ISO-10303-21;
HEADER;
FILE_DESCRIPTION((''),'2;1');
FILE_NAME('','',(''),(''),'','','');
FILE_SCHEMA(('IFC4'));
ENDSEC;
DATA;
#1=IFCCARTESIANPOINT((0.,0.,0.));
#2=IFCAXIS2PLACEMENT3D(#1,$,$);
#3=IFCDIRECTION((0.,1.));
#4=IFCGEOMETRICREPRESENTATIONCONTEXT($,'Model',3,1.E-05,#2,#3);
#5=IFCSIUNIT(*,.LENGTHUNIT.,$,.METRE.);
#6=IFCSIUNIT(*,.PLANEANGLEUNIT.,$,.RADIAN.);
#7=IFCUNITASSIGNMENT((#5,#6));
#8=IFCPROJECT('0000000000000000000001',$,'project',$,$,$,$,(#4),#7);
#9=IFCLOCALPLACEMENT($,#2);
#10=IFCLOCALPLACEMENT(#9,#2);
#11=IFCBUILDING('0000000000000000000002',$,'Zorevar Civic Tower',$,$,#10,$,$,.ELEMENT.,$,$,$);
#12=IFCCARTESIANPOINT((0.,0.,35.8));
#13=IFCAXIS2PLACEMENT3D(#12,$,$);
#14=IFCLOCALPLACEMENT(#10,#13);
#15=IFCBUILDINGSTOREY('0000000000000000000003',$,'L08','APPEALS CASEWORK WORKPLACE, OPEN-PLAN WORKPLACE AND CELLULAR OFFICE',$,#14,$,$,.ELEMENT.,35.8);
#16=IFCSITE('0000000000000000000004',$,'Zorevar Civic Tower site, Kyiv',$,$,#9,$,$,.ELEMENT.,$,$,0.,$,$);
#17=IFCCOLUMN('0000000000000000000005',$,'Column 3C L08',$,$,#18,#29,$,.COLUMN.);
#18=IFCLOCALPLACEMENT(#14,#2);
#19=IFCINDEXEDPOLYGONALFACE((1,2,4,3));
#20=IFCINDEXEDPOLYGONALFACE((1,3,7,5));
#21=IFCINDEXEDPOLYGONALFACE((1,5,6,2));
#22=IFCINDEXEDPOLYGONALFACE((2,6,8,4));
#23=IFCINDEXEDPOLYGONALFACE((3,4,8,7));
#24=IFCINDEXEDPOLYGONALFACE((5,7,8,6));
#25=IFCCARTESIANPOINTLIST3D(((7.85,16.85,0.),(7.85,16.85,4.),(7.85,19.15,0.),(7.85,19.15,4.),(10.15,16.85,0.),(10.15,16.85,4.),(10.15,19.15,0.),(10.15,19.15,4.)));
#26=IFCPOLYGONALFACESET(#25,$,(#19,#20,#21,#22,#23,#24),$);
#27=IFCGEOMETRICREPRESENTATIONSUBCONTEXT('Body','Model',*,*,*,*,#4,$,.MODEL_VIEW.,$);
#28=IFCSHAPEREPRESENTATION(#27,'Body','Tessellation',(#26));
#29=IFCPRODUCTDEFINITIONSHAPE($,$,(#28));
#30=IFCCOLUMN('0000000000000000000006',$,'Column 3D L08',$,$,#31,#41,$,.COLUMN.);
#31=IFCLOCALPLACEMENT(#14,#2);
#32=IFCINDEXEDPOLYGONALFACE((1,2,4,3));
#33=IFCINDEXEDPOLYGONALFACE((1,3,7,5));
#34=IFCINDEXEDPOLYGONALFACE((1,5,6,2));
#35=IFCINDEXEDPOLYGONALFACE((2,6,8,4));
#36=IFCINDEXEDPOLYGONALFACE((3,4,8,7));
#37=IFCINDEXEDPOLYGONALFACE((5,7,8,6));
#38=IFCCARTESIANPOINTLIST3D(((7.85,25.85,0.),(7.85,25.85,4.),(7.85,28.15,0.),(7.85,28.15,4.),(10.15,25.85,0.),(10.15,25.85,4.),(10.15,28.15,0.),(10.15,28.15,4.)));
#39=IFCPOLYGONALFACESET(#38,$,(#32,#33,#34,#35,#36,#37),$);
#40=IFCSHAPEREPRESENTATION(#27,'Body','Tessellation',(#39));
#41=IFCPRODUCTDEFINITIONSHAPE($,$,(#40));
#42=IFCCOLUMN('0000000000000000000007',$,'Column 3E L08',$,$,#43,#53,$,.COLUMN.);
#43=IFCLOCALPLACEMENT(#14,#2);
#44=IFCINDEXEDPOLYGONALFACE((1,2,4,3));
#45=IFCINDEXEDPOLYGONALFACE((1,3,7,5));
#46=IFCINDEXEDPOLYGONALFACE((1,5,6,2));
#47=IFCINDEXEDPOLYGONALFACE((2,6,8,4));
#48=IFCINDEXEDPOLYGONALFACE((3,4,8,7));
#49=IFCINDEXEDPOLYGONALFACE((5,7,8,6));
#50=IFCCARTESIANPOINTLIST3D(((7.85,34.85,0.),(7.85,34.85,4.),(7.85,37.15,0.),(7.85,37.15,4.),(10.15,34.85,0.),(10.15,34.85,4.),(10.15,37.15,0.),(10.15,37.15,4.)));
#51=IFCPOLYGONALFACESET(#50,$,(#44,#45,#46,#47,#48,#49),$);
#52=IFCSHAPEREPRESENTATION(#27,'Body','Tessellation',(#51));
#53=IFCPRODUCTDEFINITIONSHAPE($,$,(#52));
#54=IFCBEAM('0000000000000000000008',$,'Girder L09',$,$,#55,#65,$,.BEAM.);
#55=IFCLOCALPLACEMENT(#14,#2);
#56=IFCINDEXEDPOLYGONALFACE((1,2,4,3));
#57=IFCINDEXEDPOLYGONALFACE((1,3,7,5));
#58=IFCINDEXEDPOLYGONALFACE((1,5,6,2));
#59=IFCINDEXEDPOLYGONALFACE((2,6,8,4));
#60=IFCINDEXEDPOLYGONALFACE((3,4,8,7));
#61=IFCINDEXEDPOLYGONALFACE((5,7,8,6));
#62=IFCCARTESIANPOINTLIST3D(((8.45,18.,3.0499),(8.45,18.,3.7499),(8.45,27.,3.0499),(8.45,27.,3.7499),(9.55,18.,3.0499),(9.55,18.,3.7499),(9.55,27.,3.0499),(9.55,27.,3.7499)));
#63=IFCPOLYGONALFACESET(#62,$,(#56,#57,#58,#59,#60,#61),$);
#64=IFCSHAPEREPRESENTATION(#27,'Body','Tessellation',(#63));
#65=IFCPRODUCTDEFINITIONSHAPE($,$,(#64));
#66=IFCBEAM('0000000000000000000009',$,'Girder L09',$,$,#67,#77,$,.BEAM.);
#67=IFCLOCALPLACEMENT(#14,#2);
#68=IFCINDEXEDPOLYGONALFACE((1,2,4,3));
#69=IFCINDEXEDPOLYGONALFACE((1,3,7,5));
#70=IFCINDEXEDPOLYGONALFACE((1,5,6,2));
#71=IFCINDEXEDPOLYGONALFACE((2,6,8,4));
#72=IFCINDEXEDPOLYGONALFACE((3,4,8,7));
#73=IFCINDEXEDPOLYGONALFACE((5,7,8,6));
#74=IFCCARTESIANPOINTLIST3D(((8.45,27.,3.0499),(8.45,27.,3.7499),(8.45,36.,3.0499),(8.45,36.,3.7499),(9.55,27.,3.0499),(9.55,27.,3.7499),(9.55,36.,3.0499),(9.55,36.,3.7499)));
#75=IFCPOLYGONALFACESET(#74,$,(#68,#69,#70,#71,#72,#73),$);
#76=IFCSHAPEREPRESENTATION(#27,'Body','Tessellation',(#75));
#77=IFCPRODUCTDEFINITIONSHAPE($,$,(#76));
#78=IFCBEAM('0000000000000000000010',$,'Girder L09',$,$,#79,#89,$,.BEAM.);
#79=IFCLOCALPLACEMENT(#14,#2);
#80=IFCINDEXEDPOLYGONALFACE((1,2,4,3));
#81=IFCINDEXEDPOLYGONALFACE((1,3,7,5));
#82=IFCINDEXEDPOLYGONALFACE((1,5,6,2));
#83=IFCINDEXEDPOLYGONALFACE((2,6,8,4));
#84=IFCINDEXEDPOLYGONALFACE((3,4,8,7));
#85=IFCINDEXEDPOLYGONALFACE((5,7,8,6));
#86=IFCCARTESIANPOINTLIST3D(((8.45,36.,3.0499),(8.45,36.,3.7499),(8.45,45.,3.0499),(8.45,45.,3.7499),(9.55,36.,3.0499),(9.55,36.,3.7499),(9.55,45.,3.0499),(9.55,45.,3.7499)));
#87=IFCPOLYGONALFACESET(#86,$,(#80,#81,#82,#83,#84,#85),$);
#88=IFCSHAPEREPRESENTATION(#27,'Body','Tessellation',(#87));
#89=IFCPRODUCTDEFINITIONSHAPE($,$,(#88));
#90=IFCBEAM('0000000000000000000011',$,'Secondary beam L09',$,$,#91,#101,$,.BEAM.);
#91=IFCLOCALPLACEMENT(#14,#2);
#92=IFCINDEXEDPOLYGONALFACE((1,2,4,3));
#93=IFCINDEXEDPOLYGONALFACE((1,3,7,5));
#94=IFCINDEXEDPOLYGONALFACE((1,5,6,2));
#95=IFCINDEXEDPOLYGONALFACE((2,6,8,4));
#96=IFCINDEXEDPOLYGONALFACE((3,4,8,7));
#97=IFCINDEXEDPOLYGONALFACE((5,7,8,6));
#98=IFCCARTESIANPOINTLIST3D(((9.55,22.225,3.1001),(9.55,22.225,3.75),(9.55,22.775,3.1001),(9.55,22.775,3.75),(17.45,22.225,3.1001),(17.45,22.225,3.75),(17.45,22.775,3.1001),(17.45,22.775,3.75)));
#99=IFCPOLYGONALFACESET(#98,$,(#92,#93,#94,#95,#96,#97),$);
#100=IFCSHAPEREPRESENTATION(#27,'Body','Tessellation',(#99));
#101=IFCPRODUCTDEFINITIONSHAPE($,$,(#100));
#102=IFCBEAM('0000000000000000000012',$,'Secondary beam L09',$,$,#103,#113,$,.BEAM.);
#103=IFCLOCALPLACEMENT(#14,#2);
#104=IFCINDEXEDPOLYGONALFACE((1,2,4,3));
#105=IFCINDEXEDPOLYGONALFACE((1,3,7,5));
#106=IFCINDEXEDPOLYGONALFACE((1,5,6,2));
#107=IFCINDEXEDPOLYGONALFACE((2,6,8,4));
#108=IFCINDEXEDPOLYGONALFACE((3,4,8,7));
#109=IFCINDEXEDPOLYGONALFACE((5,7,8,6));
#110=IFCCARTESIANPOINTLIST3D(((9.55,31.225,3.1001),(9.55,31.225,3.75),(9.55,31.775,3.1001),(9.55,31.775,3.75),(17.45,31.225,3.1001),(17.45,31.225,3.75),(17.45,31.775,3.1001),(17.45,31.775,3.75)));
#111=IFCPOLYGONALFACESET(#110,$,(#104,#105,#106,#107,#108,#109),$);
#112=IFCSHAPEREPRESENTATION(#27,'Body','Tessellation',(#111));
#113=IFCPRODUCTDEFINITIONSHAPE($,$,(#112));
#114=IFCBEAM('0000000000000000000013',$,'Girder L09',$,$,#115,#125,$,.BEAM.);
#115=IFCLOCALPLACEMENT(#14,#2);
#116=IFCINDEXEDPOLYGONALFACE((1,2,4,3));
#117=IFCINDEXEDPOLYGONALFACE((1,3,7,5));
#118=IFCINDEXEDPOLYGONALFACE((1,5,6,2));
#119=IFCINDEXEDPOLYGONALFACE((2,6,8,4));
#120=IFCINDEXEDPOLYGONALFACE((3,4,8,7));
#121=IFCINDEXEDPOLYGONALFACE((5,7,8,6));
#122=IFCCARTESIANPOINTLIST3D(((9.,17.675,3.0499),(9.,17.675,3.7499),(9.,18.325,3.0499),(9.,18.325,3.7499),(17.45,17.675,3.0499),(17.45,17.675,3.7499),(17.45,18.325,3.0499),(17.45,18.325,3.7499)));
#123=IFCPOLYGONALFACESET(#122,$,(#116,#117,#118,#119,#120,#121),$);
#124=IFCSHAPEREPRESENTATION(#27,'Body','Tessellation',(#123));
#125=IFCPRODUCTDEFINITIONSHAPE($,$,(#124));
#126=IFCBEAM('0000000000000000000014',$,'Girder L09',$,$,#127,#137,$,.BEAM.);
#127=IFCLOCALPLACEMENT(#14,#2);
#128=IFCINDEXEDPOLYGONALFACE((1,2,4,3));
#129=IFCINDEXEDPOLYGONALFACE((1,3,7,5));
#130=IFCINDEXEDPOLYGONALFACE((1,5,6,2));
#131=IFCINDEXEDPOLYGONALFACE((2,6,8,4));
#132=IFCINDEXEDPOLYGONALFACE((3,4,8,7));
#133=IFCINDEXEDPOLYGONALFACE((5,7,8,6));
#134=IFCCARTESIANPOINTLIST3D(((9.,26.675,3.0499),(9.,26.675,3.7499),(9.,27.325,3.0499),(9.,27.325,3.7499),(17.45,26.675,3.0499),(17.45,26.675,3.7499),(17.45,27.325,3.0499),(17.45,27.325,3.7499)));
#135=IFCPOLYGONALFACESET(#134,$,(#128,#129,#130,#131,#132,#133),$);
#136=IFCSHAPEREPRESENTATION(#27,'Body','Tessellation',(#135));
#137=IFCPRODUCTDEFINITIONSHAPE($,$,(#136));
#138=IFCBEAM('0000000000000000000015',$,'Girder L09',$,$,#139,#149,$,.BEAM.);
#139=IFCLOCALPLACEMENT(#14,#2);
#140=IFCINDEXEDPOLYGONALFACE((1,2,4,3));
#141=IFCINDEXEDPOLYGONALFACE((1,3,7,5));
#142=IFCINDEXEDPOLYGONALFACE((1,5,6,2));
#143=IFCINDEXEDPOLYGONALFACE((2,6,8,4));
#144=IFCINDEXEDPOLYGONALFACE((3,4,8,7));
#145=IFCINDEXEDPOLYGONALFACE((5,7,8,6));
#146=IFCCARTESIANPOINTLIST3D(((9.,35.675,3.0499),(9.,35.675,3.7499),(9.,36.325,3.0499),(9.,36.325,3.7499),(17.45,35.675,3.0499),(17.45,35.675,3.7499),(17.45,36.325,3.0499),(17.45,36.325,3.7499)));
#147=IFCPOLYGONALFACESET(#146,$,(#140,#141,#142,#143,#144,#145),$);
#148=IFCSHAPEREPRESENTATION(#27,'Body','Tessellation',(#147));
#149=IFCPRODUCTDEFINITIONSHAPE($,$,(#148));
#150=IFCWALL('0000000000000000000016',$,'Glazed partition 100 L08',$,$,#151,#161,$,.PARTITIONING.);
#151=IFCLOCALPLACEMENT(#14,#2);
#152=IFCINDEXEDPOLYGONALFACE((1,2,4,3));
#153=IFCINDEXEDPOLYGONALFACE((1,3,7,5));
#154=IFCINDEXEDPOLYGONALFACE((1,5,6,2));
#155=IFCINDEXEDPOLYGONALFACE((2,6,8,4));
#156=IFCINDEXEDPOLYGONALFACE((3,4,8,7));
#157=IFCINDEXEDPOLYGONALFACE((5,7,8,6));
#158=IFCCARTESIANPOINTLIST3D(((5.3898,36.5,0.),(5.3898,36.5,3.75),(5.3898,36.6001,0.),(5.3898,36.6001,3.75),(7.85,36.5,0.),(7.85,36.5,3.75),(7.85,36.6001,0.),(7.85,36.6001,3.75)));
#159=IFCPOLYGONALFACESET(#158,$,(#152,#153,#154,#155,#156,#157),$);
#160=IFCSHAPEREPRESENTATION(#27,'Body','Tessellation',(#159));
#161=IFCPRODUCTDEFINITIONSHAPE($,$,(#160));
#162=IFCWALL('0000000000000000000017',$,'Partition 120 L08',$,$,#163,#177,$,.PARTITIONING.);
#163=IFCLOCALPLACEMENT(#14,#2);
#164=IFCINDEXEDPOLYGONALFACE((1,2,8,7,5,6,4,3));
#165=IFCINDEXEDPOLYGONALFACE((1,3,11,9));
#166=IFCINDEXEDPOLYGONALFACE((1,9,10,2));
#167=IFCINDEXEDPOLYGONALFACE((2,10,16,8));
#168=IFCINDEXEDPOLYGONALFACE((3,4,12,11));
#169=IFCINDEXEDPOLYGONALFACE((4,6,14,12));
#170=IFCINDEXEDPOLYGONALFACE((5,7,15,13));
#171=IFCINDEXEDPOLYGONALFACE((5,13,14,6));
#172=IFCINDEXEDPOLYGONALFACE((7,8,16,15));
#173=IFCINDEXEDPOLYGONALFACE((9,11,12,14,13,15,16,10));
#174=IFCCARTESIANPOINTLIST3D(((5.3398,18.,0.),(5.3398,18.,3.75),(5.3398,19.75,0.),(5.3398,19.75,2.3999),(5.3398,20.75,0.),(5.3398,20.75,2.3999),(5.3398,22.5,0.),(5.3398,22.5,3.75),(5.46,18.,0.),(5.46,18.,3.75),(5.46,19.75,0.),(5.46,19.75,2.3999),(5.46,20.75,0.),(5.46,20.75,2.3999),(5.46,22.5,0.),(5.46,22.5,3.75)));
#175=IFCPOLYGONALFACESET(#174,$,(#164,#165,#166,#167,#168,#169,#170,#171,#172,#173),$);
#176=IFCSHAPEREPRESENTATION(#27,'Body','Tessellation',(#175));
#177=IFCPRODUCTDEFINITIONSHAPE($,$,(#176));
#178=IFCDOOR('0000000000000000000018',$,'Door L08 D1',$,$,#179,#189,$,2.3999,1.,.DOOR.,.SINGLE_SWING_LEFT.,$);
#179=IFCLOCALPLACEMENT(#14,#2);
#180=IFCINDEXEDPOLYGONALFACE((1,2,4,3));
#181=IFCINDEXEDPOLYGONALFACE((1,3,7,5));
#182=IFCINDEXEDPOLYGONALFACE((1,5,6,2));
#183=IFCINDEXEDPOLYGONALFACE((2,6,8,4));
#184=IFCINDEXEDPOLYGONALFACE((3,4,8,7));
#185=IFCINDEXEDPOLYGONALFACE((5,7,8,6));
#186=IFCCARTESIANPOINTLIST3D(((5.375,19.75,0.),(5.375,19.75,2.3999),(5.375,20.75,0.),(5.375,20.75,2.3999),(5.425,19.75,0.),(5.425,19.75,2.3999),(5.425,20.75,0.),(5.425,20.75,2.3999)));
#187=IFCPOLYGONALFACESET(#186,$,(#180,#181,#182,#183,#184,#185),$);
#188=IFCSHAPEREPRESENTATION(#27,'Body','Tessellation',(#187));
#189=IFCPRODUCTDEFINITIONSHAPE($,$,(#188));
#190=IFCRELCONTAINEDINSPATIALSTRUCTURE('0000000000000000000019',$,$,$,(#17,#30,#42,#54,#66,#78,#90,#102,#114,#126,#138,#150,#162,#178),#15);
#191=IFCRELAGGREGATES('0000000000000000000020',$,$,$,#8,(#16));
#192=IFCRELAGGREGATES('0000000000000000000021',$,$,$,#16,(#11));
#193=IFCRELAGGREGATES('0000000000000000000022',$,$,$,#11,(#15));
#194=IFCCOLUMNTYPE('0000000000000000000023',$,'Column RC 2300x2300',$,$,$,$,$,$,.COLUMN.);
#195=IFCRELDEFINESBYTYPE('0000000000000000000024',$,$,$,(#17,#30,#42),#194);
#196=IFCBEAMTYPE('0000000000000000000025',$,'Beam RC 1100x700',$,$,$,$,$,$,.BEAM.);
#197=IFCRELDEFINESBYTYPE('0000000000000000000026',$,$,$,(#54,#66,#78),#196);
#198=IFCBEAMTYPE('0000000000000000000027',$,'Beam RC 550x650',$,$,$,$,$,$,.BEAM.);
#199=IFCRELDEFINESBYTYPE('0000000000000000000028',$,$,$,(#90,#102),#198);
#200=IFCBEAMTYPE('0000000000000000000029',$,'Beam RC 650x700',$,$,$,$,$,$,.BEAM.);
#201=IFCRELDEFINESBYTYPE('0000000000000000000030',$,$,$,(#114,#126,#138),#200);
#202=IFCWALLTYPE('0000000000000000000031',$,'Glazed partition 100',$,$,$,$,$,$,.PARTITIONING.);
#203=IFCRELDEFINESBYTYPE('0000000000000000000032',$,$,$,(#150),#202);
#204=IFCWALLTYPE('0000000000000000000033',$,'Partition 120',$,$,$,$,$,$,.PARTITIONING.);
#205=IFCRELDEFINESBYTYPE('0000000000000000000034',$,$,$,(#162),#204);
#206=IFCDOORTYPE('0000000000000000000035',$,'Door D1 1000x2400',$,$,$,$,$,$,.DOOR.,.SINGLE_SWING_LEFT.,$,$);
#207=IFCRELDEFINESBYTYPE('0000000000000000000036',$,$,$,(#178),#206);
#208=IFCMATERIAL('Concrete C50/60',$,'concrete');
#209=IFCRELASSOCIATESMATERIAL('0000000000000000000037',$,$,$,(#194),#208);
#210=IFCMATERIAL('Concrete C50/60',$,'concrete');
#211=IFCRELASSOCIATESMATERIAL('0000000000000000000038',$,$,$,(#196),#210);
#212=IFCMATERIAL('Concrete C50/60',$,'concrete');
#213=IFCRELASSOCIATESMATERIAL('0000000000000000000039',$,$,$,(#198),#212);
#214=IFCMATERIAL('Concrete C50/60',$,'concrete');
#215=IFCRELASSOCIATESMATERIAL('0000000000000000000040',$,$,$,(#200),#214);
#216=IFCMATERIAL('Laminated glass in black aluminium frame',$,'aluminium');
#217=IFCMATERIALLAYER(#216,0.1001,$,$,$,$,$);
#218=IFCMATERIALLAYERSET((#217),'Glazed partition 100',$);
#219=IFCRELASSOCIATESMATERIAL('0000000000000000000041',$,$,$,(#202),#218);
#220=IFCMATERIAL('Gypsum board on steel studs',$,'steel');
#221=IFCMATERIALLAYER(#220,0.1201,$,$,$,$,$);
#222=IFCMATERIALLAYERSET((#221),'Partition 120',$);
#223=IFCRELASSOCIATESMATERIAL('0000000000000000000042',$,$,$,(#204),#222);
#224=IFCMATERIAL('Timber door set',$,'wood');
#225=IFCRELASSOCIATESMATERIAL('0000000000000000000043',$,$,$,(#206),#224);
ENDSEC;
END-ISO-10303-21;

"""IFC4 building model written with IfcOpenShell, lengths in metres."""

from ifc_helpers import new_model, si_unit, direction, frame, frame_2d, origin, origin_2d, place, context, subcontext, project, spatial, rectangle, extrude, material, layer, layer_set, material_profile, profile_set, type_object, element, fill, save


model = new_model("IFC4")

# Units and contexts
model_context = context("Model", 3, precision=1e-05, world=origin(), true_north=direction((0.0, 1.0)))
body_context = subcontext(model_context, "Body", "Model", "MODEL_VIEW")
ifc_project = project(units=[si_unit("LENGTHUNIT", "METRE"), si_unit("PLANEANGLEUNIT", "RADIAN")], contexts=[model_context])

# Site, building, storey
site_placement = place(None, origin())
site = spatial("IfcSite", under=ifc_project, at=site_placement, Name="Zorevar Civic Tower site, Kyiv", CompositionType="ELEMENT", RefElevation=0.0)
building_placement = place(site_placement, origin())
building = spatial("IfcBuilding", under=site, at=building_placement, Name="Zorevar Civic Tower", CompositionType="ELEMENT")
storey_placement = place(building_placement, frame((0.0, 0.0, 35.8)))
storey = spatial("IfcBuildingStorey", under=building, at=storey_placement, Name="L08", Description="APPEALS CASEWORK WORKPLACE, OPEN-PLAN WORKPLACE AND CELLULAR OFFICE", CompositionType="ELEMENT", Elevation=35.8)

# Columns
ifc_material_1 = material(Name="Concrete C50/60", Category="concrete")
ifc_material_profile_1 = material_profile(ifc_material_1, rectangle(XDim=2.3, YDim=2.3, at=origin_2d()), Name="RC 2300x2300")
ifc_profile_set_1 = profile_set([ifc_material_profile_1], Name="Concrete C50/60")
column_type = type_object("IfcColumnType", Name="Column RC 2300x2300", PredefinedType="COLUMN", material=ifc_profile_set_1)
for number, where, z_axis, x_axis, name in (
    (1, (9.0, 18.0, 0.0), (0.0, 0.0, 1.0), (1.0, 0.0, 0.0), "Column 3C L08"),
    (2, (9.0, 27.0, 0.0), (0.0, 0.0, 1.0), (1.0, 0.0, 0.0), "Column 3D L08"),
    (3, (9.0, 36.0, 0.0), (0.0, 0.0, 1.0), (1.0, 0.0, 0.0), "Column 3E L08"),
):
    element("IfcColumn", number, at=place(storey_placement, frame(where, z_axis=z_axis, x_axis=x_axis)), inside=storey, type_object=column_type, Name=name, PredefinedType="COLUMN", context=body_context, shape_type="SweptSolid", body=[
        extrude(rectangle(XDim=2.3, YDim=2.3, at=origin_2d()), origin(), (0.0, 0.0, 1.0), 4.0),
    ])

# Beams
ifc_material_2 = material(Name="Concrete C50/60", Category="concrete")
ifc_material_profile_2 = material_profile(ifc_material_2, rectangle(XDim=1.1001, YDim=0.7, at=origin_2d()), Name="RC 1100x700")
ifc_profile_set_2 = profile_set([ifc_material_profile_2], Name="Concrete C50/60")
beam_type_1 = type_object("IfcBeamType", Name="Beam RC 1100x700", PredefinedType="BEAM", material=ifc_profile_set_2)
for number, where, z_axis, x_axis, name in (
    (4, (9.0, 18.0, 3.3999), (0.0, 1.0, 0.0), (-1.0, 0.0, 0.0), "Girder L09"),
    (5, (9.0, 27.0, 3.3999), (0.0, 1.0, 0.0), (-1.0, 0.0, 0.0), "Girder L09"),
    (6, (9.0, 36.0, 3.3999), (0.0, 1.0, 0.0), (-1.0, 0.0, 0.0), "Girder L09"),
):
    element("IfcBeam", number, at=place(storey_placement, frame(where, z_axis=z_axis, x_axis=x_axis)), inside=storey, type_object=beam_type_1, Name=name, PredefinedType="BEAM", context=body_context, shape_type="SweptSolid", body=[
        extrude(rectangle(XDim=1.1001, YDim=0.7, at=origin_2d()), origin(), (0.0, 0.0, 1.0), 9.0),
    ])
ifc_material_3 = material(Name="Concrete C50/60", Category="concrete")
ifc_material_profile_3 = material_profile(ifc_material_3, rectangle(XDim=0.55, YDim=0.6499, at=origin_2d()), Name="RC 550x650")
ifc_profile_set_3 = profile_set([ifc_material_profile_3], Name="Concrete C50/60")
beam_type_2 = type_object("IfcBeamType", Name="Beam RC 550x650", PredefinedType="BEAM", material=ifc_profile_set_3)
for number, where, z_axis, x_axis, name in (
    (7, (9.55, 22.5, 3.425), (1.0, 0.0, 0.0), (0.0, 1.0, 0.0), "Secondary beam L09"),
    (8, (9.55, 31.5, 3.425), (1.0, 0.0, 0.0), (0.0, 1.0, 0.0), "Secondary beam L09"),
):
    element("IfcBeam", number, at=place(storey_placement, frame(where, z_axis=z_axis, x_axis=x_axis)), inside=storey, type_object=beam_type_2, Name=name, PredefinedType="BEAM", context=body_context, shape_type="SweptSolid", body=[
        extrude(rectangle(XDim=0.55, YDim=0.6499, at=origin_2d()), origin(), (0.0, 0.0, 1.0), 7.8999),
    ])
ifc_material_4 = material(Name="Concrete C50/60", Category="concrete")
ifc_material_profile_4 = material_profile(ifc_material_4, rectangle(XDim=0.6499, YDim=0.7, at=origin_2d()), Name="RC 650x700")
ifc_profile_set_4 = profile_set([ifc_material_profile_4], Name="Concrete C50/60")
beam_type_3 = type_object("IfcBeamType", Name="Beam RC 650x700", PredefinedType="BEAM", material=ifc_profile_set_4)
for number, where, z_axis, x_axis, name in (
    (9, (9.0, 18.0, 3.3999), (1.0, 0.0, 0.0), (0.0, 1.0, 0.0), "Girder L09"),
    (10, (9.0, 27.0, 3.3999), (1.0, 0.0, 0.0), (0.0, 1.0, 0.0), "Girder L09"),
    (11, (9.0, 36.0, 3.3999), (1.0, 0.0, 0.0), (0.0, 1.0, 0.0), "Girder L09"),
):
    element("IfcBeam", number, at=place(storey_placement, frame(where, z_axis=z_axis, x_axis=x_axis)), inside=storey, type_object=beam_type_3, Name=name, PredefinedType="BEAM", context=body_context, shape_type="SweptSolid", body=[
        extrude(rectangle(XDim=0.6499, YDim=0.7, at=origin_2d()), origin(), (0.0, 0.0, 1.0), 8.45),
    ])

# Wall
ifc_material_5 = material(Name="Laminated glass in black aluminium frame", Category="aluminium")
ifc_layer_1 = layer(ifc_material_5, 0.1001)
ifc_layer_set_1 = layer_set([ifc_layer_1], Name="Glazed partition 100")
wall_type_1 = type_object("IfcWallType", Name="Glazed partition 100", PredefinedType="PARTITIONING", material=ifc_layer_set_1)
wall_1_placement = place(storey_placement, frame((5.3899, 36.55, 0.0), z_axis=(0.0, 0.0, 1.0), x_axis=(1.0, 0.0, 0.0)))
element("IfcWall", 12, at=wall_1_placement, inside=storey, type_object=wall_type_1, Name="Glazed partition 100 L08", PredefinedType="PARTITIONING", context=body_context, shape_type="SweptSolid", body=[
    extrude(rectangle(XDim=2.4602, YDim=0.1001, at=frame_2d((1.23, 0.0))), origin(), (0.0, 0.0, 1.0), 3.75),
])

# Wall, opening, door
ifc_material_6 = material(Name="Gypsum board on steel studs", Category="steel")
ifc_layer_2 = layer(ifc_material_6, 0.1201)
ifc_layer_set_2 = layer_set([ifc_layer_2], Name="Partition 120")
wall_type_2 = type_object("IfcWallType", Name="Partition 120", PredefinedType="PARTITIONING", material=ifc_layer_set_2)
wall_2_placement = place(storey_placement, frame((5.3999, 18.0, 0.0), z_axis=(0.0, 0.0, 1.0), x_axis=(0.0, 1.0, 0.0)))
wall_2 = element("IfcWall", 13, at=wall_2_placement, inside=storey, type_object=wall_type_2, Name="Partition 120 L08", PredefinedType="PARTITIONING", context=body_context, shape_type="SweptSolid", body=[
    extrude(rectangle(XDim=4.5, YDim=0.1201, at=frame_2d((2.25, 0.0))), origin(), (0.0, 0.0, 1.0), 3.75),
])
opening_1_placement = place(wall_2_placement, frame((1.75, 0.0, 0.0)))
opening_1 = element("IfcOpeningElement", 14, at=opening_1_placement, cuts=wall_2, PredefinedType="OPENING", context=body_context, shape_type="SweptSolid", body=[
    extrude(rectangle(XDim=1.0, YDim=2.3999, at=frame_2d((0.5, 1.2))), frame((0.0, 0.0701, 0.0), z_axis=(0.0, -1.0, 0.0), x_axis=(1.0, 0.0, 0.0)), (0.0, 0.0, 1.0), 0.1401),
])
ifc_material_7 = material(Name="Timber door set", Category="wood")
door_type = type_object("IfcDoorType", Name="Door D1 1000x2400", OperationType="SINGLE_SWING_LEFT", PredefinedType="DOOR", material=ifc_material_7)
door_1_placement = place(opening_1_placement, origin())
door_1 = element("IfcDoor", 15, at=door_1_placement, inside=storey, type_object=door_type, Name="Door L08 D1", OperationType="SINGLE_SWING_LEFT", OverallHeight=2.3999, OverallWidth=1.0, PredefinedType="DOOR", context=body_context, shape_type="SweptSolid", body=[
    extrude(rectangle(XDim=1.0, YDim=2.3999, at=frame_2d((0.5, 1.2))), frame((0.0, 0.0249, 0.0), z_axis=(0.0, -1.0, 0.0), x_axis=(1.0, 0.0, 0.0)), (0.0, 0.0, 1.0), 0.05),
])
fill(opening_1, door_1)

save(model, "model.ifc")
